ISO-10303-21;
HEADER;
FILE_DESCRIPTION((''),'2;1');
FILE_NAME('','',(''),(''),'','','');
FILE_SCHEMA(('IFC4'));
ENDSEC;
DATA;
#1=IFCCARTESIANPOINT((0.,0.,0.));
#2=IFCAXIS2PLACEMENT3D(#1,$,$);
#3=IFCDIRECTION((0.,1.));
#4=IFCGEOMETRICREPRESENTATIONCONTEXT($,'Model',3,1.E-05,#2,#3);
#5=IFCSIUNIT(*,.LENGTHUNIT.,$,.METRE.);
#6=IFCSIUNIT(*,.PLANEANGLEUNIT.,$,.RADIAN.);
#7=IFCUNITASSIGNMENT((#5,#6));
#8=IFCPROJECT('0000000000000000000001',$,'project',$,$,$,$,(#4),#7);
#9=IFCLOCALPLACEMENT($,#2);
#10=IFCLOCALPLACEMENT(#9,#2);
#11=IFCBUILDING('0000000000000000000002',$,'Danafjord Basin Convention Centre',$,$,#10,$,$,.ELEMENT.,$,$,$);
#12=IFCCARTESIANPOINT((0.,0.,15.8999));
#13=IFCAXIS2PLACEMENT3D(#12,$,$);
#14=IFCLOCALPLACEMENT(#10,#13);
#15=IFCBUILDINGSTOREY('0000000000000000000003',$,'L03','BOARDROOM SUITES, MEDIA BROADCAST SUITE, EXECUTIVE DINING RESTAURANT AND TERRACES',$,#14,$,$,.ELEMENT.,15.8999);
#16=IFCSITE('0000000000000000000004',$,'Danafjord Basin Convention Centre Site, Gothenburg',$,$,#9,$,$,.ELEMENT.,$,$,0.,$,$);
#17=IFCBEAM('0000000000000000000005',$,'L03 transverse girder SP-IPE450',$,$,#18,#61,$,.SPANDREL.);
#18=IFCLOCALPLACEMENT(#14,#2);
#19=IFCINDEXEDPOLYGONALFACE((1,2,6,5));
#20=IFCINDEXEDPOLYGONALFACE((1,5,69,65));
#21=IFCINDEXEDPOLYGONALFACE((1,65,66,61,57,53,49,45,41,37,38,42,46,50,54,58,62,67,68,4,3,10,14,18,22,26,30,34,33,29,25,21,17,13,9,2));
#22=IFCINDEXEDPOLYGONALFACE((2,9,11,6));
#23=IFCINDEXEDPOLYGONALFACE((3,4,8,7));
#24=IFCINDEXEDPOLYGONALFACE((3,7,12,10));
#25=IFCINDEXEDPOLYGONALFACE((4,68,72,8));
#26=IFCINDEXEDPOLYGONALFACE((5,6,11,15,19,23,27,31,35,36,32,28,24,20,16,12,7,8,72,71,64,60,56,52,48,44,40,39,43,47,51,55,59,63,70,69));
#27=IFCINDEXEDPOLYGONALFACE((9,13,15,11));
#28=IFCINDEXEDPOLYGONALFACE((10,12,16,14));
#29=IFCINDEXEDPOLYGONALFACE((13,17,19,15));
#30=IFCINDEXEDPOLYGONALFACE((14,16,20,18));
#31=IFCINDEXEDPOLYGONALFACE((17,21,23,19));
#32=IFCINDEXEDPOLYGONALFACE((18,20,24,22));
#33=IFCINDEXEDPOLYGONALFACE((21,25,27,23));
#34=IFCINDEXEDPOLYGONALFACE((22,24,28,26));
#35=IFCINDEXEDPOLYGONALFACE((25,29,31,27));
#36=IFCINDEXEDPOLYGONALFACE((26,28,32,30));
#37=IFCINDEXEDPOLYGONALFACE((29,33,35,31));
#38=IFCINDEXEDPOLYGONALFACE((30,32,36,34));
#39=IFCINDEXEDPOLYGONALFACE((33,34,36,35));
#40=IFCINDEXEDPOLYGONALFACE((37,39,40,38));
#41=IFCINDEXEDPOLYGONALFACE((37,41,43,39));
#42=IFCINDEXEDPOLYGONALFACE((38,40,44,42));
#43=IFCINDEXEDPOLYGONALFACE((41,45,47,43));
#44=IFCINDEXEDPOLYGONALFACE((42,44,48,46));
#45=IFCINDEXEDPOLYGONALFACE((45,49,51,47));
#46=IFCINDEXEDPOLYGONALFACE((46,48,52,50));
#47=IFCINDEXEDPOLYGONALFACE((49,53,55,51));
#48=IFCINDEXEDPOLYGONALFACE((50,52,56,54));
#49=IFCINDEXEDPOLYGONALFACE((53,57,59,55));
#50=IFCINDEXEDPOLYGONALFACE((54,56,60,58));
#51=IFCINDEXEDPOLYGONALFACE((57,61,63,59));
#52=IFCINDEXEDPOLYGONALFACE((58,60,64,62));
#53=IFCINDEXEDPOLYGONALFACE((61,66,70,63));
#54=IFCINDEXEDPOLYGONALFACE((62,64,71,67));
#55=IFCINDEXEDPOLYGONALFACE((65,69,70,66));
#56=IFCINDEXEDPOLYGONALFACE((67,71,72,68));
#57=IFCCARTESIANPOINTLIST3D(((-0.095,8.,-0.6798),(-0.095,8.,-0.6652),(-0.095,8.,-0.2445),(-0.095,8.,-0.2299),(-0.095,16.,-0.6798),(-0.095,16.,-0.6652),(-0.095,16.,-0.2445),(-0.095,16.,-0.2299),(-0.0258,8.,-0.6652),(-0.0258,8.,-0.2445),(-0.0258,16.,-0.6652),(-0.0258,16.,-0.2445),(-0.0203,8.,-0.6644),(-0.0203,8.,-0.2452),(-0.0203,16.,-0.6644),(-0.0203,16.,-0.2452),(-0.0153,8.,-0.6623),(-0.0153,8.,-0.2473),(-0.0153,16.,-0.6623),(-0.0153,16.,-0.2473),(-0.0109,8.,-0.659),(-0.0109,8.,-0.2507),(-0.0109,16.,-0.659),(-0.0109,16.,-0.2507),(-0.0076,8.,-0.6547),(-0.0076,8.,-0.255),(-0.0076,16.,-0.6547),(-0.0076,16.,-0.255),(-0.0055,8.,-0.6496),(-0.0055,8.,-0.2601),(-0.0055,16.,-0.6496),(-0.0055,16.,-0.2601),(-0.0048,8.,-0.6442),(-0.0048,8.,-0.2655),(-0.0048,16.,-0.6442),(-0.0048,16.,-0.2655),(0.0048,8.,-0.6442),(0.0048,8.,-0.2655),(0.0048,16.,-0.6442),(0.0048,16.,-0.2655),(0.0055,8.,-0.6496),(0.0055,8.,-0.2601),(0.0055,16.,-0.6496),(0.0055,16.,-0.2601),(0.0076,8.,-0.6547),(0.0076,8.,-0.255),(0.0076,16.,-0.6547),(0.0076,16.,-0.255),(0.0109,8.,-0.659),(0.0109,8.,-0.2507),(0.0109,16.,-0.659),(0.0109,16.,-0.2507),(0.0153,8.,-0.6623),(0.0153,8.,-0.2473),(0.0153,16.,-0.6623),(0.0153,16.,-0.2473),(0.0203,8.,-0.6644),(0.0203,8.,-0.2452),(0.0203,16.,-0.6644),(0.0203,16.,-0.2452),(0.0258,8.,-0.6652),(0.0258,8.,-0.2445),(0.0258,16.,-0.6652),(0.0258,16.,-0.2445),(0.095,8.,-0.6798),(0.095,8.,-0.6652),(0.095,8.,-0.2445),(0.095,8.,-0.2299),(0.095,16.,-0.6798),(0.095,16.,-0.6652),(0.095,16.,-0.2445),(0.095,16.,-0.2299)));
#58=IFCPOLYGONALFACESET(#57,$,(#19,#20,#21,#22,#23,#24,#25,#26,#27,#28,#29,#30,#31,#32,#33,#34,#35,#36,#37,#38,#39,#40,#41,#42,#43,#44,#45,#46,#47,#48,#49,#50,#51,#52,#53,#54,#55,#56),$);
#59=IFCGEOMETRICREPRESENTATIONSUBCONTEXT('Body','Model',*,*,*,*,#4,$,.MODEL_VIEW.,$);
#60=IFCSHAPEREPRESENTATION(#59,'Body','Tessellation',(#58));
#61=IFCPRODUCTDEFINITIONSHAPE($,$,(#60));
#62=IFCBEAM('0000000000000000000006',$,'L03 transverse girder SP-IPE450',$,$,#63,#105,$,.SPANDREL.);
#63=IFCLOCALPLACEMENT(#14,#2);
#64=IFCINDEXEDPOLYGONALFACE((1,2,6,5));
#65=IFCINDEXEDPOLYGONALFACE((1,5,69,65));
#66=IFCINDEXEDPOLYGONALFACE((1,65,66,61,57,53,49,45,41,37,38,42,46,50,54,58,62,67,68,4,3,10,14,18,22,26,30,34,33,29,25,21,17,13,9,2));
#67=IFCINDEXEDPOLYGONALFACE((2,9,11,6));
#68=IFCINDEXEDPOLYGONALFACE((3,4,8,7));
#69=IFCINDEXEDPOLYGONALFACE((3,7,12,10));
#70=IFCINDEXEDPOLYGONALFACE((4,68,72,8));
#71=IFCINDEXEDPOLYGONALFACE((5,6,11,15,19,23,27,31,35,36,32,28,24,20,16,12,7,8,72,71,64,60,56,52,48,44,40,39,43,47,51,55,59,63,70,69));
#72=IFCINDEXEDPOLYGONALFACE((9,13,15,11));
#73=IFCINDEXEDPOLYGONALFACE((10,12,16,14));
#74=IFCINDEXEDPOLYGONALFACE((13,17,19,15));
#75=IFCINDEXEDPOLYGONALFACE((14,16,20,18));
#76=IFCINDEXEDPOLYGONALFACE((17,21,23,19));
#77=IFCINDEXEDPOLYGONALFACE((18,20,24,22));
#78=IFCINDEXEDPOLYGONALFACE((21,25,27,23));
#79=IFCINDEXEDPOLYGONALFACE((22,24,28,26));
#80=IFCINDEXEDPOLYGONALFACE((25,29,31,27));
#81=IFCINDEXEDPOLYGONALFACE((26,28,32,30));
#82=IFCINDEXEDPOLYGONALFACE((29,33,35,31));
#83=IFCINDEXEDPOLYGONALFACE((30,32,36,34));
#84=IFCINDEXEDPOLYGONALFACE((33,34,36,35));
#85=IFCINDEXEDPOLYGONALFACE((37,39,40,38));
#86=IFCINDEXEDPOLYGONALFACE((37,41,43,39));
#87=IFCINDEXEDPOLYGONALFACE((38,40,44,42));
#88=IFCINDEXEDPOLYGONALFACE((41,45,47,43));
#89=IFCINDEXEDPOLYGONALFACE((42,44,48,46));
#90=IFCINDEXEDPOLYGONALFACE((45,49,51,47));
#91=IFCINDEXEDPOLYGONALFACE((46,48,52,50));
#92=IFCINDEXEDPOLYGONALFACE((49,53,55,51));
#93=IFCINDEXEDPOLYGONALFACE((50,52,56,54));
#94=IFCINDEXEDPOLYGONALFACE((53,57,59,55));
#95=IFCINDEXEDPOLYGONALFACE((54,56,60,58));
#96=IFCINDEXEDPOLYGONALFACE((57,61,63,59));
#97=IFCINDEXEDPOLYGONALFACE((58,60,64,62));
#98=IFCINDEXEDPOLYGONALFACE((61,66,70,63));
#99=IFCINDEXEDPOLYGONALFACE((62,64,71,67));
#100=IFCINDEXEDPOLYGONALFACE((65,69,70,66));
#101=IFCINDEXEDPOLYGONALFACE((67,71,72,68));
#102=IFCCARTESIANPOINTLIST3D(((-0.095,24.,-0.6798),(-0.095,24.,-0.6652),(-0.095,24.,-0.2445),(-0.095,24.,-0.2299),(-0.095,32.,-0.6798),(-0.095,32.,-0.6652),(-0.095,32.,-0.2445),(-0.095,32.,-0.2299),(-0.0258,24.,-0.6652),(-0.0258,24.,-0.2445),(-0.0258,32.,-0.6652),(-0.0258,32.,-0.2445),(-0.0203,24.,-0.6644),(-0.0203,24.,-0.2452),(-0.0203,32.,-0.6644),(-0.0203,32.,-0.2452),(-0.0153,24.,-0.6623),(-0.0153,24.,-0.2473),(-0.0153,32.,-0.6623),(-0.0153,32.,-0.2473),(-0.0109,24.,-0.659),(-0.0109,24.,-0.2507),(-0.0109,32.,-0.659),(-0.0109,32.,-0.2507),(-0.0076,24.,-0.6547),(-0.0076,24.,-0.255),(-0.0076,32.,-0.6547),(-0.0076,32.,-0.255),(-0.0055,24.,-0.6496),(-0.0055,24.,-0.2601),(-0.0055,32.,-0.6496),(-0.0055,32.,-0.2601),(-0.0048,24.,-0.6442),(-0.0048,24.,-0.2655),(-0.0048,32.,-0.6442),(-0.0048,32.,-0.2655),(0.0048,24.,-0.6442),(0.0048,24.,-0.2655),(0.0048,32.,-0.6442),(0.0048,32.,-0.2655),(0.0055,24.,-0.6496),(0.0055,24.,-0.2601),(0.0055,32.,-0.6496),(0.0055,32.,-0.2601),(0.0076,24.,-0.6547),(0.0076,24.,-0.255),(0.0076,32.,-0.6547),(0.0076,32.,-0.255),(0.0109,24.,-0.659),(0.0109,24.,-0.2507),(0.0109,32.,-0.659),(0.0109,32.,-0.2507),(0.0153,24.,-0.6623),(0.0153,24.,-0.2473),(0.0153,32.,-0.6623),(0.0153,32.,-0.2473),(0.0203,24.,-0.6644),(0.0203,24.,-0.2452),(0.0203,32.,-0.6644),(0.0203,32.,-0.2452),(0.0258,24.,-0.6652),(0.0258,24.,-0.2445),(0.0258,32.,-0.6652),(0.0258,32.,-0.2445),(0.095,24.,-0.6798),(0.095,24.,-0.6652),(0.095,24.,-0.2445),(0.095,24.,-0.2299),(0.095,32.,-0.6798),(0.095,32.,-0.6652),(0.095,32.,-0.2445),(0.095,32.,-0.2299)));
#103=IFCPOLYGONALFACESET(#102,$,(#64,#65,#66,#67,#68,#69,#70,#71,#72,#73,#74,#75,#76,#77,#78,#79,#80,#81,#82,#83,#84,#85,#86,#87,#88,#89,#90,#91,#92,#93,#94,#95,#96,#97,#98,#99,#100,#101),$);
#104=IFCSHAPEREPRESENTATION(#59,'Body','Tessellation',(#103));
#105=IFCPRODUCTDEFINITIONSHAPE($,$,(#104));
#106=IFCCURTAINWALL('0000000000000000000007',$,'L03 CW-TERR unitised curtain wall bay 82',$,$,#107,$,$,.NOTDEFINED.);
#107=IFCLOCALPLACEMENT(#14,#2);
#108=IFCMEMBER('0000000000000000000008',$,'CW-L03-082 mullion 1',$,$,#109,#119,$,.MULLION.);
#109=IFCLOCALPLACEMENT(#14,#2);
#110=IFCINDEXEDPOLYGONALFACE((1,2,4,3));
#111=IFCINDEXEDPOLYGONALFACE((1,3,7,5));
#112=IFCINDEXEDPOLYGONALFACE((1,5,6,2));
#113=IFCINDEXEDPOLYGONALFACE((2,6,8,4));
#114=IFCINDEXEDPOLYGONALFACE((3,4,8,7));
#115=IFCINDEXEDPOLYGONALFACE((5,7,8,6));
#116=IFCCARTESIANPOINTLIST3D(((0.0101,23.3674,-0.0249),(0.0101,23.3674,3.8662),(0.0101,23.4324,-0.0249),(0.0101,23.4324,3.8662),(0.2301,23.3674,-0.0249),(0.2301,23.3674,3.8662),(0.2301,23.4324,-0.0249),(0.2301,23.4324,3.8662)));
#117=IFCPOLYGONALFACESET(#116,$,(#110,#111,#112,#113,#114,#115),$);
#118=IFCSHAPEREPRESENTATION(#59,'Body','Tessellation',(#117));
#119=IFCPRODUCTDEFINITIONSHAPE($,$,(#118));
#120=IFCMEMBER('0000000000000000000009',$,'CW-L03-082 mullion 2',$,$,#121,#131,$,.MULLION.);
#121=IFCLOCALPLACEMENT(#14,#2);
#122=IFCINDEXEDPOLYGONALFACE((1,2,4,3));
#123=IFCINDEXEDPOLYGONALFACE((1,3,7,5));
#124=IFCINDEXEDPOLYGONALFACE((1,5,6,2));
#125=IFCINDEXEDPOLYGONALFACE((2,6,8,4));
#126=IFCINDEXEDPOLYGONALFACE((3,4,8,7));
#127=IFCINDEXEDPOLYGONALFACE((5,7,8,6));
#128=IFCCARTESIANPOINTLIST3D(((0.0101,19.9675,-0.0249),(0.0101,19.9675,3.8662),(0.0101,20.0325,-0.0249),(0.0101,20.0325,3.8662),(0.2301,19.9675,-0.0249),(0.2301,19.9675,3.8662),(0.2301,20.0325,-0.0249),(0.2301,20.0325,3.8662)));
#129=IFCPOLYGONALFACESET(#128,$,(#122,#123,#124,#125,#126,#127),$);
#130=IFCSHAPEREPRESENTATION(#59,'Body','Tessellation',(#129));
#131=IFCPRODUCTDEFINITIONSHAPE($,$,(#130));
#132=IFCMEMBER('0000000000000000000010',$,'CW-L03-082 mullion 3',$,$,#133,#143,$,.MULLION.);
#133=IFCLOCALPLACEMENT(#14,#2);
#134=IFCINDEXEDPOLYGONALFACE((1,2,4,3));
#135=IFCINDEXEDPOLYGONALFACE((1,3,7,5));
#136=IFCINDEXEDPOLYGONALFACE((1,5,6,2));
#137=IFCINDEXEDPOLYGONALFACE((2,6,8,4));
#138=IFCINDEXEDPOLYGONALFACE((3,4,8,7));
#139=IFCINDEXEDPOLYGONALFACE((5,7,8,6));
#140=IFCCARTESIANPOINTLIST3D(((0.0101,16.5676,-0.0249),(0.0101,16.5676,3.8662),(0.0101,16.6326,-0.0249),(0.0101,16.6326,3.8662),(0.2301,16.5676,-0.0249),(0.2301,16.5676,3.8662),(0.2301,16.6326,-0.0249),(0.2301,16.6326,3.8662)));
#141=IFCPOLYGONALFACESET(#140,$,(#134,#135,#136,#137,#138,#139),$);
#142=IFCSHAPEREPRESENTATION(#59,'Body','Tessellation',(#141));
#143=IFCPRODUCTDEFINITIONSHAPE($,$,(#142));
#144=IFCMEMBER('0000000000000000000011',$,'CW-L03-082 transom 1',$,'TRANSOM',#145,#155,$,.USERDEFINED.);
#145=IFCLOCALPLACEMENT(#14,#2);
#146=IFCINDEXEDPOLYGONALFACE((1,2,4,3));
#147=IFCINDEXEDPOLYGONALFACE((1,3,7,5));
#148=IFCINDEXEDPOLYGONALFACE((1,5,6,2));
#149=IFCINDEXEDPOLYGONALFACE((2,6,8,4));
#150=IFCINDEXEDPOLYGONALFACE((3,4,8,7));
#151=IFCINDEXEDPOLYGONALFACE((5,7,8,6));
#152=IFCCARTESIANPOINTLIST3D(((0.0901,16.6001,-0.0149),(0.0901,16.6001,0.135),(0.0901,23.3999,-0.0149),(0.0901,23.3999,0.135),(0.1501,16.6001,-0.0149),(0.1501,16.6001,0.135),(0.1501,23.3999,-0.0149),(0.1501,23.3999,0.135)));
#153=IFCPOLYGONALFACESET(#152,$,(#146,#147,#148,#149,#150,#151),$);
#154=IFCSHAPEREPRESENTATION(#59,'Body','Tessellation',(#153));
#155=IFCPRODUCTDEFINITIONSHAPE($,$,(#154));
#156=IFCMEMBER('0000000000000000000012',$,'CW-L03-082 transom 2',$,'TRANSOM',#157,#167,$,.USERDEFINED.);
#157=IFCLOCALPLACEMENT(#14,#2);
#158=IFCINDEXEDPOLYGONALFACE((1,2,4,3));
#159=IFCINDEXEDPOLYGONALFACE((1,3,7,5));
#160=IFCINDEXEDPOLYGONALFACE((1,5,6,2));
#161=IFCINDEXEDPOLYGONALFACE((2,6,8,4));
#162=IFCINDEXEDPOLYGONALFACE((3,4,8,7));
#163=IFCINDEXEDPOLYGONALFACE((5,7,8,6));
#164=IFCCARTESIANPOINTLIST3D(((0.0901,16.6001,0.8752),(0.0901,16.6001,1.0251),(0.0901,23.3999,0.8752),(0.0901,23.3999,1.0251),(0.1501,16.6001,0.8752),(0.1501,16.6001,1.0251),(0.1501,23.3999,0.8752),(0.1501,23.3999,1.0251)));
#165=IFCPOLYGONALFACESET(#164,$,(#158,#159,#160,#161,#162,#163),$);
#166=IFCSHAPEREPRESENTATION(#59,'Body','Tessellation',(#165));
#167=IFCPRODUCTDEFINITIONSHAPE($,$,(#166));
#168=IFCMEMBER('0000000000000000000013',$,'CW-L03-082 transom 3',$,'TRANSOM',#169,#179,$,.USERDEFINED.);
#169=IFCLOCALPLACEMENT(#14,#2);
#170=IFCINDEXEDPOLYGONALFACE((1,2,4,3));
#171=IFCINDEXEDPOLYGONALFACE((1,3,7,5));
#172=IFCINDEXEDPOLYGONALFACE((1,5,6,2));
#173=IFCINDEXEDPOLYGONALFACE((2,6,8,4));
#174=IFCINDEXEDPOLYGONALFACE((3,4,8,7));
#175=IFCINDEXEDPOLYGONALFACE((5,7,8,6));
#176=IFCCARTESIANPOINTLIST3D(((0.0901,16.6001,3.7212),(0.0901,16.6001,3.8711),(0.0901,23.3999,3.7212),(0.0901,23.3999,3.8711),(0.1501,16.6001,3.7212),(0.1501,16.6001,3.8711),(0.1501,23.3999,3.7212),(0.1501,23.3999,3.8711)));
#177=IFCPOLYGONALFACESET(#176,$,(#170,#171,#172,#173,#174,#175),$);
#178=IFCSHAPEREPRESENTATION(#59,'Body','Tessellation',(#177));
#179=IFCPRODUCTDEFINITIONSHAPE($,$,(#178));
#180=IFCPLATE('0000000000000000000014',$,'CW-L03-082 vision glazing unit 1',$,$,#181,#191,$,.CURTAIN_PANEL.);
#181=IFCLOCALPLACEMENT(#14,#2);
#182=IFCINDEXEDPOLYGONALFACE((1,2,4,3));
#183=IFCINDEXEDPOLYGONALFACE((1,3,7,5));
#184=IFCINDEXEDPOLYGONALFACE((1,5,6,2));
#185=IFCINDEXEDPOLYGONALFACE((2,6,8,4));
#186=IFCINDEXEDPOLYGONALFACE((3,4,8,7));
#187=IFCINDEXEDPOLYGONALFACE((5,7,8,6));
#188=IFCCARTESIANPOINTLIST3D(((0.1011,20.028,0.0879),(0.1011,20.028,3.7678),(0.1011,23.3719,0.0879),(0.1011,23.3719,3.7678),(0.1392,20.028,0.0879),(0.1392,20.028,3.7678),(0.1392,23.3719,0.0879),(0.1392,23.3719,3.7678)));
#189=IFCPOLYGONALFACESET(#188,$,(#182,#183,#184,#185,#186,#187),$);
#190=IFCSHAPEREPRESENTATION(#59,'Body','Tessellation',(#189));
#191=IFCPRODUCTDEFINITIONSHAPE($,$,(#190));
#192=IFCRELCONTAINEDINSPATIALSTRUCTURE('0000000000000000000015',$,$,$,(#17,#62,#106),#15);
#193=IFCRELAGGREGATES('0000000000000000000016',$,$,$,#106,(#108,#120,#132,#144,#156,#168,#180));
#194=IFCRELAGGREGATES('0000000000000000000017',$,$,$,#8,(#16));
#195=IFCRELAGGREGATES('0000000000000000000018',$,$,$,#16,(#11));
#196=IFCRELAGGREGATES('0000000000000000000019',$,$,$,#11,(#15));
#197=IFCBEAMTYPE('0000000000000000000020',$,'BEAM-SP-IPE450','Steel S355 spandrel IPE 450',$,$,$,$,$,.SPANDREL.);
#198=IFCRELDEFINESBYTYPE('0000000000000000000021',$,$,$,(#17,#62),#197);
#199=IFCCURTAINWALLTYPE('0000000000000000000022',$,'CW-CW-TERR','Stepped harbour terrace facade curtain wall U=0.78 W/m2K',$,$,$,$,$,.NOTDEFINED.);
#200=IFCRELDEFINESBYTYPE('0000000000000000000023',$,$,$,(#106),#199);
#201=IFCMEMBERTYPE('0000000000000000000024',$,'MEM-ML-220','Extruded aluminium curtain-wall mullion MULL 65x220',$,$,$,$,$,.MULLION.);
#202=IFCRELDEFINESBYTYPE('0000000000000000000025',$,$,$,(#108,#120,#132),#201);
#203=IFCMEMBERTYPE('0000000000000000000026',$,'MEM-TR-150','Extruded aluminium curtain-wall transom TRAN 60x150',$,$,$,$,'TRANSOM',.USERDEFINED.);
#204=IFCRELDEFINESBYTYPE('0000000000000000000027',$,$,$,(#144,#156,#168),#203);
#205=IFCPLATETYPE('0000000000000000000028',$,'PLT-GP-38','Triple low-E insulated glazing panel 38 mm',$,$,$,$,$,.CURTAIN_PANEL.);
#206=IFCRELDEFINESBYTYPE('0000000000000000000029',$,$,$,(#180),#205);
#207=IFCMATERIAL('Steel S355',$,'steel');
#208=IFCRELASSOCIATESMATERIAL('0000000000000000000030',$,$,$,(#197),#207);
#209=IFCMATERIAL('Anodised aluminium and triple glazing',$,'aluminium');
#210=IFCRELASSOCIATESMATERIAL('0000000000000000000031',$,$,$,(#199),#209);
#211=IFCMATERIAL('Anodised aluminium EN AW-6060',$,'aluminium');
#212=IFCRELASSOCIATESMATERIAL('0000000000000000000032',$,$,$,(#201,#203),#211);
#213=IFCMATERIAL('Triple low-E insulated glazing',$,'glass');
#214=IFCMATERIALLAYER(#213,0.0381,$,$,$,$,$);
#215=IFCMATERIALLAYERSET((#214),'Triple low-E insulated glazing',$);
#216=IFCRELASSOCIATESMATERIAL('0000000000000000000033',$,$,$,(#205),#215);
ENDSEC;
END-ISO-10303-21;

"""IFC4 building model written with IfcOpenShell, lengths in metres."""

from ifc_helpers import new_model, si_unit, direction, frame, origin, origin_2d, place, context, subcontext, project, spatial, rectangle, i_section, extrude, material, layer, layer_set, material_profile, profile_set, type_object, element, aggregate, save


model = new_model("IFC4")

# Units and contexts
model_context = context("Model", 3, precision=1e-05, world=origin(), true_north=direction((0.0, 1.0)))
body_context = subcontext(model_context, "Body", "Model", "MODEL_VIEW")
ifc_project = project(units=[si_unit("LENGTHUNIT", "METRE"), si_unit("PLANEANGLEUNIT", "RADIAN")], contexts=[model_context])

# Site, building, storey
site_placement = place(None, origin())
site = spatial("IfcSite", under=ifc_project, at=site_placement, Name="Danafjord Basin Convention Centre Site, Gothenburg", CompositionType="ELEMENT", RefElevation=0.0)
building_placement = place(site_placement, origin())
building = spatial("IfcBuilding", under=site, at=building_placement, Name="Danafjord Basin Convention Centre", CompositionType="ELEMENT")
storey_placement = place(building_placement, frame((0.0, 0.0, 15.8999)))
storey = spatial("IfcBuildingStorey", under=building, at=storey_placement, Name="L03", Description="BOARDROOM SUITES, MEDIA BROADCAST SUITE, EXECUTIVE DINING RESTAURANT AND TERRACES", CompositionType="ELEMENT", Elevation=15.8999)

# Shared definitions
ifc_material_1 = material(Name="Steel S355", Category="steel")

# Beams
ifc_material_profile_1 = material_profile(ifc_material_1, i_section(OverallWidth=0.1899, OverallDepth=0.45, WebThickness=0.0095, FlangeThickness=0.0146, FilletRadius=0.021, at=origin_2d()), Name="IPE 450")
ifc_profile_set_1 = profile_set([ifc_material_profile_1], Name="Steel S355")
beam_type_1 = type_object("IfcBeamType", Name="BEAM-SP-IPE450", Description="Steel S355 spandrel IPE 450", PredefinedType="SPANDREL", material=ifc_profile_set_1)
for number, where, z_axis, x_axis, name in (
    (1, (0.0, 8.0, -0.4548), (0.0, 1.0, 0.0), (-1.0, 0.0, 0.0), "L03 transverse girder SP-IPE450"),
    (2, (0.0, 24.0, -0.4548), (0.0, 1.0, 0.0), (-1.0, 0.0, 0.0), "L03 transverse girder SP-IPE450"),
):
    element("IfcBeam", number, at=place(storey_placement, frame(where, z_axis=z_axis, x_axis=x_axis)), inside=storey, type_object=beam_type_1, Name=name, PredefinedType="SPANDREL", context=body_context, shape_type="SweptSolid", body=[
        extrude(i_section(OverallWidth=0.1899, OverallDepth=0.45, WebThickness=0.0095, FlangeThickness=0.0146, FilletRadius=0.021, at=origin_2d()), origin(), (0.0, 0.0, 1.0), 8.0),
    ])

# Curtain wall, members, plate
ifc_material_2 = material(Name="Anodised aluminium and triple glazing", Category="aluminium")
curtain_wall_type = type_object("IfcCurtainWallType", Name="CW-CW-TERR", Description="Stepped harbour terrace facade curtain wall U=0.78 W/m2K", PredefinedType="NOTDEFINED", material=ifc_material_2)
curtain_wall_placement = place(storey_placement, origin())
curtain_wall = element("IfcCurtainWall", 3, at=curtain_wall_placement, inside=storey, type_object=curtain_wall_type, Name="L03 CW-TERR unitised curtain wall bay 82", PredefinedType="NOTDEFINED")
ifc_material_3 = material(Name="Anodised aluminium EN AW-6060", Category="aluminium")
ifc_material_profile_2 = material_profile(ifc_material_3, rectangle(XDim=0.0649, YDim=0.22, at=origin_2d()), Name="MULL 65x220")
ifc_profile_set_2 = profile_set([ifc_material_profile_2], Name="Anodised aluminium EN AW-6060")
member_type_1 = type_object("IfcMemberType", Name="MEM-ML-220", Description="Extruded aluminium curtain-wall mullion MULL 65x220", PredefinedType="MULLION", material=ifc_profile_set_2)
member_1_placement = place(storey_placement, frame((0.1201, 23.3999, -0.0249), z_axis=(0.0, 0.0, 1.0), x_axis=(0.0, -1.0, 0.0)))
member_1 = element("IfcMember", 4, at=member_1_placement, type_object=member_type_1, Name="CW-L03-082 mullion 1", PredefinedType="MULLION", context=body_context, shape_type="SweptSolid", body=[
    extrude(rectangle(XDim=0.0649, YDim=0.22, at=origin_2d()), origin(), (0.0, 0.0, 1.0), 3.8911),
])
member_2_placement = place(storey_placement, frame((0.1201, 20.0, -0.0249), z_axis=(0.0, 0.0, 1.0), x_axis=(0.0, -1.0, 0.0)))
member_2 = element("IfcMember", 5, at=member_2_placement, type_object=member_type_1, Name="CW-L03-082 mullion 2", PredefinedType="MULLION", context=body_context, shape_type="SweptSolid", body=[
    extrude(rectangle(XDim=0.0649, YDim=0.22, at=origin_2d()), origin(), (0.0, 0.0, 1.0), 3.8911),
])
member_3_placement = place(storey_placement, frame((0.1201, 16.6001, -0.0249), z_axis=(0.0, 0.0, 1.0), x_axis=(0.0, -1.0, 0.0)))
member_3 = element("IfcMember", 6, at=member_3_placement, type_object=member_type_1, Name="CW-L03-082 mullion 3", PredefinedType="MULLION", context=body_context, shape_type="SweptSolid", body=[
    extrude(rectangle(XDim=0.0649, YDim=0.22, at=origin_2d()), origin(), (0.0, 0.0, 1.0), 3.8911),
])
ifc_material_profile_3 = material_profile(ifc_material_3, rectangle(XDim=0.0601, YDim=0.1499, at=origin_2d()), Name="TRAN 60x150")
ifc_profile_set_3 = profile_set([ifc_material_profile_3], Name="Anodised aluminium EN AW-6060")
member_type_2 = type_object("IfcMemberType", Name="MEM-TR-150", Description="Extruded aluminium curtain-wall transom TRAN 60x150", ElementType="TRANSOM", PredefinedType="USERDEFINED", material=ifc_profile_set_3)
member_4_placement = place(storey_placement, frame((0.1201, 23.3999, 0.0601), z_axis=(0.0, -1.0, 0.0), x_axis=(1.0, 0.0, 0.0)))
member_4 = element("IfcMember", 7, at=member_4_placement, type_object=member_type_2, Name="CW-L03-082 transom 1", ObjectType="TRANSOM", PredefinedType="USERDEFINED", context=body_context, shape_type="SweptSolid", body=[
    extrude(rectangle(XDim=0.0601, YDim=0.1499, at=origin_2d()), origin(), (0.0, 0.0, 1.0), 6.7998),
])
member_5_placement = place(storey_placement, frame((0.1201, 23.3999, 0.9502), z_axis=(0.0, -1.0, 0.0), x_axis=(1.0, 0.0, 0.0)))
member_5 = element("IfcMember", 8, at=member_5_placement, type_object=member_type_2, Name="CW-L03-082 transom 2", ObjectType="TRANSOM", PredefinedType="USERDEFINED", context=body_context, shape_type="SweptSolid", body=[
    extrude(rectangle(XDim=0.0601, YDim=0.1499, at=origin_2d()), origin(), (0.0, 0.0, 1.0), 6.7998),
])
member_6_placement = place(storey_placement, frame((0.1201, 23.3999, 3.7961), z_axis=(0.0, -1.0, 0.0), x_axis=(1.0, 0.0, 0.0)))
member_6 = element("IfcMember", 9, at=member_6_placement, type_object=member_type_2, Name="CW-L03-082 transom 3", ObjectType="TRANSOM", PredefinedType="USERDEFINED", context=body_context, shape_type="SweptSolid", body=[
    extrude(rectangle(XDim=0.0601, YDim=0.1499, at=origin_2d()), origin(), (0.0, 0.0, 1.0), 6.7998),
])
ifc_material_4 = material(Name="Triple low-E insulated glazing", Category="glass")
ifc_layer_1 = layer(ifc_material_4, 0.0381)
ifc_layer_set_1 = layer_set([ifc_layer_1], Name="Triple low-E insulated glazing")
plate_type = type_object("IfcPlateType", Name="PLT-GP-38", Description="Triple low-E insulated glazing panel 38 mm", PredefinedType="CURTAIN_PANEL", material=ifc_layer_set_1)
plate_1_placement = place(storey_placement, frame((0.1201, 21.7, 0.0879), z_axis=(0.0, 0.0, 1.0), x_axis=(0.0, -1.0, 0.0)))
plate_1 = element("IfcPlate", 10, at=plate_1_placement, type_object=plate_type, Name="CW-L03-082 vision glazing unit 1", PredefinedType="CURTAIN_PANEL", context=body_context, shape_type="SweptSolid", body=[
    extrude(rectangle(XDim=3.344, YDim=0.0381, at=origin_2d()), origin(), (0.0, 0.0, 1.0), 3.6799),
])
aggregate(curtain_wall, [member_1, member_2, member_3, member_4, member_5, member_6, plate_1])

save(model, "model.ifc")
